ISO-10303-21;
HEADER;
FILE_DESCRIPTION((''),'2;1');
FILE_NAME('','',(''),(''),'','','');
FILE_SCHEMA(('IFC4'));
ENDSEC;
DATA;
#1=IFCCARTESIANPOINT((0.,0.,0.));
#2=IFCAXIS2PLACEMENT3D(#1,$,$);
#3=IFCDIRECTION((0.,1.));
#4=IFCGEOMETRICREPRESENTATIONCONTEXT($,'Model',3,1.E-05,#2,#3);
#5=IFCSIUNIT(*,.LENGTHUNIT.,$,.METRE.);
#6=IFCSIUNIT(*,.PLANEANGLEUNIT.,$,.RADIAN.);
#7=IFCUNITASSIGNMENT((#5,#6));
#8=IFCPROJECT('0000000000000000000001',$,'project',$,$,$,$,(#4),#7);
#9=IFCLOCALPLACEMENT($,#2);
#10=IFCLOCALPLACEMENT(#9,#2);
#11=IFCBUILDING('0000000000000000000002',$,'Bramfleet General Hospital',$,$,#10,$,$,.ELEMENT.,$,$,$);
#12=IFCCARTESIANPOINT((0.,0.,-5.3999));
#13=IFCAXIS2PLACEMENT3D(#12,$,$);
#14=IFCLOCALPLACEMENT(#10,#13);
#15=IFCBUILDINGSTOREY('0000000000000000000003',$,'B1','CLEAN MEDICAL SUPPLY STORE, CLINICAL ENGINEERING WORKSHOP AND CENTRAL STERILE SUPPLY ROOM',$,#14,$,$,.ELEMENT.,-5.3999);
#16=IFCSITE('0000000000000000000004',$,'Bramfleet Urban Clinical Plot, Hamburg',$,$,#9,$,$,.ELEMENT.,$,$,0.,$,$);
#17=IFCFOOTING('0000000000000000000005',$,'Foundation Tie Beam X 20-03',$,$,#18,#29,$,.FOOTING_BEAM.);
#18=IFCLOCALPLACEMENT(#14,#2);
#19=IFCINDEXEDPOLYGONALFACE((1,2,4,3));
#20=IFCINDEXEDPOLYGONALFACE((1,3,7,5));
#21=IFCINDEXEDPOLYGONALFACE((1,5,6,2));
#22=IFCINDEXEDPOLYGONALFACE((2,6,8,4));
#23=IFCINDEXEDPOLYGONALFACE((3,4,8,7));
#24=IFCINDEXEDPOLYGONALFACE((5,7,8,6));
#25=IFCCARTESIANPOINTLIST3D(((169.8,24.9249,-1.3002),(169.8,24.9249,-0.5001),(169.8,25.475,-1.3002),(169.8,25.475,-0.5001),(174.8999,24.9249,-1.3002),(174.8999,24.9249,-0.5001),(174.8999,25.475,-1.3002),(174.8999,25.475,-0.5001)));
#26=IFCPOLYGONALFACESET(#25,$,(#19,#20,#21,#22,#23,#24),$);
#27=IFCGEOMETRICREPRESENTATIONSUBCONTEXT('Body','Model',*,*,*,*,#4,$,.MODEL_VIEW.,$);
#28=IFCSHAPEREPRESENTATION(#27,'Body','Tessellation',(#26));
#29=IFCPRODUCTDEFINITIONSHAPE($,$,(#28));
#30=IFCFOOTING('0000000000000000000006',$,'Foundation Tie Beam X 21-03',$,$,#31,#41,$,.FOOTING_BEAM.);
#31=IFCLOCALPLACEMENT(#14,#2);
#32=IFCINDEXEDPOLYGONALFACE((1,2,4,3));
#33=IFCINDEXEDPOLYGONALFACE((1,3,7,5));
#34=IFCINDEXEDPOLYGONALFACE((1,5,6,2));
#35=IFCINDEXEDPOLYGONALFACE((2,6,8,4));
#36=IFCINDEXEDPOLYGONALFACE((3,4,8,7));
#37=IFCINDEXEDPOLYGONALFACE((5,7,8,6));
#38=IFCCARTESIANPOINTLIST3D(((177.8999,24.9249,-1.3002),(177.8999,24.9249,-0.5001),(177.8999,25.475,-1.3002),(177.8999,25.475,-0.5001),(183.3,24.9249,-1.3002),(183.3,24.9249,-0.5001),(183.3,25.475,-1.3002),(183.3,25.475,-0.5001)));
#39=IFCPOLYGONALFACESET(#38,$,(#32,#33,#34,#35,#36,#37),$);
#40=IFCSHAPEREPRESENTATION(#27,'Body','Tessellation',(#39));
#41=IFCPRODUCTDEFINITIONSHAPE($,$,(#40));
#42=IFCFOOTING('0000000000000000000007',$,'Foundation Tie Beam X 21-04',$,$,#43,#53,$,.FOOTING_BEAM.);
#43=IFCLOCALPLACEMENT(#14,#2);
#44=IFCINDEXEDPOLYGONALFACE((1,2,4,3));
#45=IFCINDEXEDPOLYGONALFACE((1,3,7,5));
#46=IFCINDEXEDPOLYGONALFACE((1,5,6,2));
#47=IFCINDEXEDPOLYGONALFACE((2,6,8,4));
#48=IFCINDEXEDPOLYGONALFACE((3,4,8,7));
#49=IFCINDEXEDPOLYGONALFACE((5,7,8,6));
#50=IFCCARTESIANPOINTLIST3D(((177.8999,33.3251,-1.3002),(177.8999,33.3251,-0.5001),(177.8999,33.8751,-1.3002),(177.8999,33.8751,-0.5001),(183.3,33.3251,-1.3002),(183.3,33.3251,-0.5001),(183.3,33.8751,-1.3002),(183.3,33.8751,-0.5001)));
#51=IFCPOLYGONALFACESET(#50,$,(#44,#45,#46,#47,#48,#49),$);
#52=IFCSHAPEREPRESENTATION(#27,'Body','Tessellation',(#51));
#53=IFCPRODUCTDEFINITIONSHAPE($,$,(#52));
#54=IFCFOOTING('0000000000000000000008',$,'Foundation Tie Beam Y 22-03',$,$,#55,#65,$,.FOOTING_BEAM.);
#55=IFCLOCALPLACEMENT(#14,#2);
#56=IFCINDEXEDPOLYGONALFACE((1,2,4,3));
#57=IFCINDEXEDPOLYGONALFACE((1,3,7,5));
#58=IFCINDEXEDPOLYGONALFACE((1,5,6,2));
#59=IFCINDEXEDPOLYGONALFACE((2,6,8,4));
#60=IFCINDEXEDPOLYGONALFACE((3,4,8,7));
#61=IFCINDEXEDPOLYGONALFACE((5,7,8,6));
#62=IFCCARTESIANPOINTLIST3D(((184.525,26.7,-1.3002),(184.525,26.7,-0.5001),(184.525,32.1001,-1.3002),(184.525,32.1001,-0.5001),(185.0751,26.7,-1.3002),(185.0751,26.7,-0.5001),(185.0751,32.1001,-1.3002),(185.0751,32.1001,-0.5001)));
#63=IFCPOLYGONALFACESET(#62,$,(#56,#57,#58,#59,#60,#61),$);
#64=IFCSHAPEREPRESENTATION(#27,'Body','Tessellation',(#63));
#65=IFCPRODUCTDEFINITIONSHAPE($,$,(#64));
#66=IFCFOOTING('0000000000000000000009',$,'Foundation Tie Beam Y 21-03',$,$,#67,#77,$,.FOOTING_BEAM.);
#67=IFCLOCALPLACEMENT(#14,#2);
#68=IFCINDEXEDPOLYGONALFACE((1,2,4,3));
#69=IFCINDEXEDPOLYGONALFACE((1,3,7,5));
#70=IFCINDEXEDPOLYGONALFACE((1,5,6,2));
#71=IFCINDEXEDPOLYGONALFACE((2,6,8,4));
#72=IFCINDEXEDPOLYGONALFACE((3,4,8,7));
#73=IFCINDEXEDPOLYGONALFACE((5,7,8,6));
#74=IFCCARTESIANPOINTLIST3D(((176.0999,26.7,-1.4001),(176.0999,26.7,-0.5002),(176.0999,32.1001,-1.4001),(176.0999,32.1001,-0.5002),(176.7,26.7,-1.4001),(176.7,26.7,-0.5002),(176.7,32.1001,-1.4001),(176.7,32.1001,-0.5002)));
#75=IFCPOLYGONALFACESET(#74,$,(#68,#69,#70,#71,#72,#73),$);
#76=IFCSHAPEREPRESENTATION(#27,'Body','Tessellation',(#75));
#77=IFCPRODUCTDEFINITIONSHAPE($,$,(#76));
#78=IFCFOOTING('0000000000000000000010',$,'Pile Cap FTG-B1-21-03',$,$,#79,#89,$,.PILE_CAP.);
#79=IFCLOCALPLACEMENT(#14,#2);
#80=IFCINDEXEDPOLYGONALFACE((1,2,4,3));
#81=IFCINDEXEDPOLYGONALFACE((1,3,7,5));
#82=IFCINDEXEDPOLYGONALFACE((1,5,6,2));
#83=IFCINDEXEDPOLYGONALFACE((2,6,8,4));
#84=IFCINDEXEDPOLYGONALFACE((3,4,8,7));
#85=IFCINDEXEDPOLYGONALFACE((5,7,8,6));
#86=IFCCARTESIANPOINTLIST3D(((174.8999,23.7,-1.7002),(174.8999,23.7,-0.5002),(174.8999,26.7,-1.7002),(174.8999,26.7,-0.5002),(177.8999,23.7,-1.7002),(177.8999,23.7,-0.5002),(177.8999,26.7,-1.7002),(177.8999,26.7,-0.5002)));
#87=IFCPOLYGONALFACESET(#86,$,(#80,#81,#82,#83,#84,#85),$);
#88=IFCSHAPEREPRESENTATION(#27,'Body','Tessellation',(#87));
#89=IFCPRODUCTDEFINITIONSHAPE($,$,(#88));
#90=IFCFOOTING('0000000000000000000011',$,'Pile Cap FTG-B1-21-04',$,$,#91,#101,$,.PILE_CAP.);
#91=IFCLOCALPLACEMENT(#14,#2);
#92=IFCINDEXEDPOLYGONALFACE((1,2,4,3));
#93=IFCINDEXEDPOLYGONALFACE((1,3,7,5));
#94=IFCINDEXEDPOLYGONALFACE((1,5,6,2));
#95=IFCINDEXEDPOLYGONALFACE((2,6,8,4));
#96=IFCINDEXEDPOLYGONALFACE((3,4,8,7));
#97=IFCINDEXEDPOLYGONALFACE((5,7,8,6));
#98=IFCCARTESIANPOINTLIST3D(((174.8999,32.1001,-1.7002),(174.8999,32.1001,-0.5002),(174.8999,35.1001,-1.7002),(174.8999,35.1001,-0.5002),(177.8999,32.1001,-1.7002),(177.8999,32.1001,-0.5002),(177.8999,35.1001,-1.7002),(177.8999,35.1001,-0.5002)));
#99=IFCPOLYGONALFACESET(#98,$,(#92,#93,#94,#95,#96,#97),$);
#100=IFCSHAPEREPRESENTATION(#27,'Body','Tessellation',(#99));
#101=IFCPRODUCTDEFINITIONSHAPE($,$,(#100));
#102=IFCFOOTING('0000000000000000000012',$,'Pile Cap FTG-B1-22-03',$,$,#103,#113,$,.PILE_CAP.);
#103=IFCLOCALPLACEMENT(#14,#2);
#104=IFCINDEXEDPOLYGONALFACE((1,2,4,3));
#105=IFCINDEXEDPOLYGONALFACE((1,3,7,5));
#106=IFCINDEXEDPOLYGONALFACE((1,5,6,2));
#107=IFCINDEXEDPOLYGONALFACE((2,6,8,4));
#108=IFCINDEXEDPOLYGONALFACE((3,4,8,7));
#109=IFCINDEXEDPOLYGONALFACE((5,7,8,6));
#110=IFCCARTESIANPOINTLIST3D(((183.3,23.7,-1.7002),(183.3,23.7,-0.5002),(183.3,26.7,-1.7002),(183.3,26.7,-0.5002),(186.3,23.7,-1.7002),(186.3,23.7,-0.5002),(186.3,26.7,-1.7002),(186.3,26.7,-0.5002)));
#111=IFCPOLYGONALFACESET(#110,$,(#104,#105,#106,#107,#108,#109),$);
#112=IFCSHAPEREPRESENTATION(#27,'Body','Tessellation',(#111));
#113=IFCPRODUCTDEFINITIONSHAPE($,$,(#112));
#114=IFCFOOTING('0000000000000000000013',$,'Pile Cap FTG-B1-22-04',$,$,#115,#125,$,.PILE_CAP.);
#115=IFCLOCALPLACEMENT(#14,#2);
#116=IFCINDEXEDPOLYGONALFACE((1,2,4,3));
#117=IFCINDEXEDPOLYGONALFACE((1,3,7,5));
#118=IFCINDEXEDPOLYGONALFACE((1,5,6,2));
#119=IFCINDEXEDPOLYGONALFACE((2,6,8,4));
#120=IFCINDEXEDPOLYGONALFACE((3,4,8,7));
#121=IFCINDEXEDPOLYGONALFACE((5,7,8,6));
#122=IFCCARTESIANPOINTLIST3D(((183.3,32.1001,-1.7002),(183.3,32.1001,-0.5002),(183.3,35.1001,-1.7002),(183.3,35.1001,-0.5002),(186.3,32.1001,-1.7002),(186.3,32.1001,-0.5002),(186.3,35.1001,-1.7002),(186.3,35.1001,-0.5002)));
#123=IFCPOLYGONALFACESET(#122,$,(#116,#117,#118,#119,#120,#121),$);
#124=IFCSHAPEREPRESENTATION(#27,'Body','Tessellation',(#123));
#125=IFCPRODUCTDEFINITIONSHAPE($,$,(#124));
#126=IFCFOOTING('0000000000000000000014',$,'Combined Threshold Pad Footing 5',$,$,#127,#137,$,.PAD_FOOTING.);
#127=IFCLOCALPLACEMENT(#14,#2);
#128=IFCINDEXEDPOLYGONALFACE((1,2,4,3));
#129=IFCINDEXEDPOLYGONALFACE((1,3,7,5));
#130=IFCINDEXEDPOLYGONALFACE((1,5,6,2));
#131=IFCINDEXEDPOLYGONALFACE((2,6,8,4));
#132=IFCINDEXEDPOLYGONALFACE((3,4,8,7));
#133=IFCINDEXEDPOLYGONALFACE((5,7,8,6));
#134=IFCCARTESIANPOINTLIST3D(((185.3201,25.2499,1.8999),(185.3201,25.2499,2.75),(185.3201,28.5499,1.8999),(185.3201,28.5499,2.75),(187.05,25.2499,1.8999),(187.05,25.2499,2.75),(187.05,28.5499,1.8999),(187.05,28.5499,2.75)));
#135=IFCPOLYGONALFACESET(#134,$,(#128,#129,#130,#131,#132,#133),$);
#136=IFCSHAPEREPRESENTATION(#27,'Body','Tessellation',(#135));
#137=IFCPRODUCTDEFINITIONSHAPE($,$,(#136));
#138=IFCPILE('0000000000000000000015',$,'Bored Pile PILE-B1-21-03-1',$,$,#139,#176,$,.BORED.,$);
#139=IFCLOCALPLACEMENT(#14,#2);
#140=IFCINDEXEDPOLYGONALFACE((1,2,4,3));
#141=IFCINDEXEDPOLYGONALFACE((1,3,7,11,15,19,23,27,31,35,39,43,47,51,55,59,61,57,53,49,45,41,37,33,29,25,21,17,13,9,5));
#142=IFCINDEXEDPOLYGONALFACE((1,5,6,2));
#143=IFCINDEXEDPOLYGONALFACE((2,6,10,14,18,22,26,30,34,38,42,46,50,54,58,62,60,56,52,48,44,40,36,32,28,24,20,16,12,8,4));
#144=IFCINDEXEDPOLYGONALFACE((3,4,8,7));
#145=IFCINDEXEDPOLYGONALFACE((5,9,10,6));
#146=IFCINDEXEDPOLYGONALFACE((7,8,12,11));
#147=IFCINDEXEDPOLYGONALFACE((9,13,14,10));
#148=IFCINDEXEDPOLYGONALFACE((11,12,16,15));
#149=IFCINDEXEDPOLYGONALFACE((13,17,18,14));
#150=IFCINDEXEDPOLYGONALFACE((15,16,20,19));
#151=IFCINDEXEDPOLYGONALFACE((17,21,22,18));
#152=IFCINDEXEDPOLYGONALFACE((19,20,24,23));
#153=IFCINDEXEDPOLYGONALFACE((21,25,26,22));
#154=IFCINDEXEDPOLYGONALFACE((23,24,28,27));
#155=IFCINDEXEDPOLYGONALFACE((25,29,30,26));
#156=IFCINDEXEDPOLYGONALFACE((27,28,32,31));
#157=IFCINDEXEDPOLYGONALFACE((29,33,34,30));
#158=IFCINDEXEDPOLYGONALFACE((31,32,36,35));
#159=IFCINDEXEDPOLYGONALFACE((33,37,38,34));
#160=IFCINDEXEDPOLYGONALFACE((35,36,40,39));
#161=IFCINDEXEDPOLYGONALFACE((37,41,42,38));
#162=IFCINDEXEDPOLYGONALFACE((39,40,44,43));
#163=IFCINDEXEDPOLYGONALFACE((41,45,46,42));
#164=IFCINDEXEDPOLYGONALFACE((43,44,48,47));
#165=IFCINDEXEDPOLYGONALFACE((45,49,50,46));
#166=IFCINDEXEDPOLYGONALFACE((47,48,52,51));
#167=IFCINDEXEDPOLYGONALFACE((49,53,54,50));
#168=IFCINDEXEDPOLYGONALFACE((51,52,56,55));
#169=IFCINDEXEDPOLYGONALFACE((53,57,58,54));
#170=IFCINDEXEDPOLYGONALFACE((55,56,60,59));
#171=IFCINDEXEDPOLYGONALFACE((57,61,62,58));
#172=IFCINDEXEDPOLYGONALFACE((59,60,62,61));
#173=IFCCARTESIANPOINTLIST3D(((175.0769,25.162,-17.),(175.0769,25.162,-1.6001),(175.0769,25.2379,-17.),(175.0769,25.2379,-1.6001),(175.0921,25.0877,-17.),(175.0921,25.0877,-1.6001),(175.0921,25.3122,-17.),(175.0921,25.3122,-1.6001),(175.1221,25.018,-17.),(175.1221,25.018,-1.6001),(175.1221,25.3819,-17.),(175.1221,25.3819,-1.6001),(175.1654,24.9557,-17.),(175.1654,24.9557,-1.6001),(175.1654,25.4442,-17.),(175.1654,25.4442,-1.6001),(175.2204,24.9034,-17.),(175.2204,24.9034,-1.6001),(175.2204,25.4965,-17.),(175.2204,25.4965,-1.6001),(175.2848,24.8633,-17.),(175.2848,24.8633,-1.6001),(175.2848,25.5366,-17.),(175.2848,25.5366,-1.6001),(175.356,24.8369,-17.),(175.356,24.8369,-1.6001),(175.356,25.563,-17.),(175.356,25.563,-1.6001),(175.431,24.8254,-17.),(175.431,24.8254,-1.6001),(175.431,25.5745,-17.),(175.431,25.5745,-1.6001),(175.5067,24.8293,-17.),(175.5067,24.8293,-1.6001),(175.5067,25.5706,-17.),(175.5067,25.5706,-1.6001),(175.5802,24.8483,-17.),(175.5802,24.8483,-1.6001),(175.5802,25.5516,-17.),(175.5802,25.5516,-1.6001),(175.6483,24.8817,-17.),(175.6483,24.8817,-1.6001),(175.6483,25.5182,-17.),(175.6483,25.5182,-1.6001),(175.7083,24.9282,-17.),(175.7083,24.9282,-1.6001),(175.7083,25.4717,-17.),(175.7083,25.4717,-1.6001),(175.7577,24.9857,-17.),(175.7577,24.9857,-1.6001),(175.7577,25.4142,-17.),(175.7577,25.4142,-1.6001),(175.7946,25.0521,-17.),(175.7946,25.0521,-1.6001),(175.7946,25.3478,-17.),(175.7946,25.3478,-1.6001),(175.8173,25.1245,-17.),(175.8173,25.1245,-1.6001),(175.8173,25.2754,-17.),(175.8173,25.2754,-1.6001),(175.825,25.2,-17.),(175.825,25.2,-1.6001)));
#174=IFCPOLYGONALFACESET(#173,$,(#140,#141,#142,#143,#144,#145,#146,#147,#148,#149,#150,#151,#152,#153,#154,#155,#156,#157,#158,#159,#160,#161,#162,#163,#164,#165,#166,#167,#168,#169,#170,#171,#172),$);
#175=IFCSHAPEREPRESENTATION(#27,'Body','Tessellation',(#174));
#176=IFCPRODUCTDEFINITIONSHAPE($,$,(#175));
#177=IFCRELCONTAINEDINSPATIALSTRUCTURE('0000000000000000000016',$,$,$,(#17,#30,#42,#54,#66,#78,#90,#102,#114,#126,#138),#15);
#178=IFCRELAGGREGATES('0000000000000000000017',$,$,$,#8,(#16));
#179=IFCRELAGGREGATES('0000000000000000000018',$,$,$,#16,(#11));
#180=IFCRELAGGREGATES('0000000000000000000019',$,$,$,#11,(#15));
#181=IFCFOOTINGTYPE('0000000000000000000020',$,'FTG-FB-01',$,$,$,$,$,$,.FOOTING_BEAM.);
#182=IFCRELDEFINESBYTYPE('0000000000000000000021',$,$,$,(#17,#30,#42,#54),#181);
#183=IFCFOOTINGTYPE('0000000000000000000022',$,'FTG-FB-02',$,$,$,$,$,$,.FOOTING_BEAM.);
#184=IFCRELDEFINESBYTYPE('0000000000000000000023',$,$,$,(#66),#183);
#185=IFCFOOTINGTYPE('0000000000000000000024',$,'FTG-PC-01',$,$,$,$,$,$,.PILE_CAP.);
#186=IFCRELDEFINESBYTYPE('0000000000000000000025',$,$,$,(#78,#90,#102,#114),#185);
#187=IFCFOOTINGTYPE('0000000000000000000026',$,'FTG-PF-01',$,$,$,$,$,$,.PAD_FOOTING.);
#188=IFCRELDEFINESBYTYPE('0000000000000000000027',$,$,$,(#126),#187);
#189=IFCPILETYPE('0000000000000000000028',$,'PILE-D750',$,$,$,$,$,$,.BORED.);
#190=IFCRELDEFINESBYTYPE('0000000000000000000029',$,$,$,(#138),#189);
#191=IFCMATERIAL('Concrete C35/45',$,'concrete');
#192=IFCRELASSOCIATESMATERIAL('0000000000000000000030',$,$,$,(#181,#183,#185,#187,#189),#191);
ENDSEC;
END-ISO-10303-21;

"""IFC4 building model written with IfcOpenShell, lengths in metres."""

from ifc_helpers import new_model, si_unit, direction, frame, origin, origin_2d, place, context, subcontext, project, spatial, rectangle, circle, extrude, material, material_profile, profile_set, type_object, element, save


model = new_model("IFC4")

# Units and contexts
model_context = context("Model", 3, precision=1e-05, world=origin(), true_north=direction((0.0, 1.0)))
body_context = subcontext(model_context, "Body", "Model", "MODEL_VIEW")
ifc_project = project(units=[si_unit("LENGTHUNIT", "METRE"), si_unit("PLANEANGLEUNIT", "RADIAN")], contexts=[model_context])

# Site, building, storey
site_placement = place(None, origin())
site = spatial("IfcSite", under=ifc_project, at=site_placement, Name="Bramfleet Urban Clinical Plot, Hamburg", CompositionType="ELEMENT", RefElevation=0.0)
building_placement = place(site_placement, origin())
building = spatial("IfcBuilding", under=site, at=building_placement, Name="Bramfleet General Hospital", CompositionType="ELEMENT")
storey_placement = place(building_placement, frame((0.0, 0.0, -5.3999)))
storey = spatial("IfcBuildingStorey", under=building, at=storey_placement, Name="B1", Description="CLEAN MEDICAL SUPPLY STORE, CLINICAL ENGINEERING WORKSHOP AND CENTRAL STERILE SUPPLY ROOM", CompositionType="ELEMENT", Elevation=-5.3999)

# Footings
ifc_material_1 = material(Name="Concrete C35/45", Category="concrete")
ifc_material_profile_1 = material_profile(ifc_material_1, rectangle(XDim=0.55, YDim=0.8, at=origin_2d()), Name="RC FB 800x550")
ifc_profile_set_1 = profile_set([ifc_material_profile_1], Name="Concrete C35/45")
footing_type_1 = type_object("IfcFootingType", Name="FTG-FB-01", PredefinedType="FOOTING_BEAM", material=ifc_profile_set_1)
footing_1_placement = place(storey_placement, frame((169.8, 25.2, -0.9001), z_axis=(1.0, 0.0, 0.0), x_axis=(0.0, 1.0, 0.0)))
element("IfcFooting", 1, at=footing_1_placement, inside=storey, type_object=footing_type_1, Name="Foundation Tie Beam X 20-03", PredefinedType="FOOTING_BEAM", context=body_context, shape_type="SweptSolid", body=[
    extrude(rectangle(XDim=0.55, YDim=0.8, at=origin_2d()), origin(), (0.0, 0.0, 1.0), 5.0999),
])
for number, where, z_axis, x_axis, name in (
    (2, (177.8999, 25.2, -0.9001), (1.0, 0.0, 0.0), (0.0, 1.0, 0.0), "Foundation Tie Beam X 21-03"),
    (3, (177.8999, 33.6001, -0.9001), (1.0, 0.0, 0.0), (0.0, 1.0, 0.0), "Foundation Tie Beam X 21-04"),
    (4, (184.8, 26.7, -0.9001), (0.0, 1.0, 0.0), (-1.0, 0.0, 0.0), "Foundation Tie Beam Y 22-03"),
):
    element("IfcFooting", number, at=place(storey_placement, frame(where, z_axis=z_axis, x_axis=x_axis)), inside=storey, type_object=footing_type_1, Name=name, PredefinedType="FOOTING_BEAM", context=body_context, shape_type="SweptSolid", body=[
        extrude(rectangle(XDim=0.55, YDim=0.8, at=origin_2d()), origin(), (0.0, 0.0, 1.0), 5.4001),
    ])
ifc_material_profile_2 = material_profile(ifc_material_1, rectangle(XDim=0.6001, YDim=0.8999, at=origin_2d()), Name="RC FB 900x600")
ifc_profile_set_2 = profile_set([ifc_material_profile_2], Name="Concrete C35/45")
footing_type_2 = type_object("IfcFootingType", Name="FTG-FB-02", PredefinedType="FOOTING_BEAM", material=ifc_profile_set_2)
footing_2_placement = place(storey_placement, frame((176.3999, 26.7, -0.9502), z_axis=(0.0, 1.0, 0.0), x_axis=(-1.0, 0.0, 0.0)))
element("IfcFooting", 5, at=footing_2_placement, inside=storey, type_object=footing_type_2, Name="Foundation Tie Beam Y 21-03", PredefinedType="FOOTING_BEAM", context=body_context, shape_type="SweptSolid", body=[
    extrude(rectangle(XDim=0.6001, YDim=0.8999, at=origin_2d()), origin(), (0.0, 0.0, 1.0), 5.4001),
])
footing_type_3 = type_object("IfcFootingType", Name="FTG-PC-01", PredefinedType="PILE_CAP", material=ifc_material_1)
for number, where, z_axis, x_axis, name in (
    (6, (176.3999, 25.2, -1.7002), (0.0, 0.0, 1.0), (1.0, 0.0, 0.0), "Pile Cap FTG-B1-21-03"),
    (7, (176.3999, 33.6001, -1.7002), (0.0, 0.0, 1.0), (1.0, 0.0, 0.0), "Pile Cap FTG-B1-21-04"),
    (8, (184.8, 25.2, -1.7002), (0.0, 0.0, 1.0), (1.0, 0.0, 0.0), "Pile Cap FTG-B1-22-03"),
    (9, (184.8, 33.6001, -1.7002), (0.0, 0.0, 1.0), (1.0, 0.0, 0.0), "Pile Cap FTG-B1-22-04"),
):
    element("IfcFooting", number, at=place(storey_placement, frame(where, z_axis=z_axis, x_axis=x_axis)), inside=storey, type_object=footing_type_3, Name=name, PredefinedType="PILE_CAP", context=body_context, shape_type="SweptSolid", body=[
        extrude(rectangle(XDim=3.0, YDim=3.0, at=origin_2d()), origin(), (0.0, 0.0, 1.0), 1.2),
    ])
footing_type_4 = type_object("IfcFootingType", Name="FTG-PF-01", PredefinedType="PAD_FOOTING", material=ifc_material_1)
footing_3_placement = place(storey_placement, frame((186.1851, 26.8999, 1.8999), z_axis=(0.0, 0.0, 1.0), x_axis=(1.0, 0.0, 0.0)))
element("IfcFooting", 10, at=footing_3_placement, inside=storey, type_object=footing_type_4, Name="Combined Threshold Pad Footing 5", PredefinedType="PAD_FOOTING", context=body_context, shape_type="SweptSolid", body=[
    extrude(rectangle(XDim=1.73, YDim=3.3, at=origin_2d()), origin(), (0.0, 0.0, 1.0), 0.8501),
])

# Pile
ifc_material_profile_3 = material_profile(ifc_material_1, circle(Radius=0.375, at=origin_2d()), Name="PILE BORED D750")
ifc_profile_set_3 = profile_set([ifc_material_profile_3], Name="Concrete C35/45")
pile_type = type_object("IfcPileType", Name="PILE-D750", PredefinedType="BORED", material=ifc_profile_set_3)
for number, where, z_axis, x_axis, name in (
    (11, (175.45, 25.2, -1.6001), (0.0, 0.0, -1.0), (1.0, 0.0, 0.0), "Bored Pile PILE-B1-21-03-1"),
):
    element("IfcPile", number, at=place(storey_placement, frame(where, z_axis=z_axis, x_axis=x_axis)), inside=storey, type_object=pile_type, Name=name, PredefinedType="BORED", context=body_context, shape_type="SweptSolid", body=[
        extrude(circle(Radius=0.375, at=origin_2d()), origin(), (0.0, 0.0, 1.0), 15.3999),
    ])

save(model, "model.ifc")
